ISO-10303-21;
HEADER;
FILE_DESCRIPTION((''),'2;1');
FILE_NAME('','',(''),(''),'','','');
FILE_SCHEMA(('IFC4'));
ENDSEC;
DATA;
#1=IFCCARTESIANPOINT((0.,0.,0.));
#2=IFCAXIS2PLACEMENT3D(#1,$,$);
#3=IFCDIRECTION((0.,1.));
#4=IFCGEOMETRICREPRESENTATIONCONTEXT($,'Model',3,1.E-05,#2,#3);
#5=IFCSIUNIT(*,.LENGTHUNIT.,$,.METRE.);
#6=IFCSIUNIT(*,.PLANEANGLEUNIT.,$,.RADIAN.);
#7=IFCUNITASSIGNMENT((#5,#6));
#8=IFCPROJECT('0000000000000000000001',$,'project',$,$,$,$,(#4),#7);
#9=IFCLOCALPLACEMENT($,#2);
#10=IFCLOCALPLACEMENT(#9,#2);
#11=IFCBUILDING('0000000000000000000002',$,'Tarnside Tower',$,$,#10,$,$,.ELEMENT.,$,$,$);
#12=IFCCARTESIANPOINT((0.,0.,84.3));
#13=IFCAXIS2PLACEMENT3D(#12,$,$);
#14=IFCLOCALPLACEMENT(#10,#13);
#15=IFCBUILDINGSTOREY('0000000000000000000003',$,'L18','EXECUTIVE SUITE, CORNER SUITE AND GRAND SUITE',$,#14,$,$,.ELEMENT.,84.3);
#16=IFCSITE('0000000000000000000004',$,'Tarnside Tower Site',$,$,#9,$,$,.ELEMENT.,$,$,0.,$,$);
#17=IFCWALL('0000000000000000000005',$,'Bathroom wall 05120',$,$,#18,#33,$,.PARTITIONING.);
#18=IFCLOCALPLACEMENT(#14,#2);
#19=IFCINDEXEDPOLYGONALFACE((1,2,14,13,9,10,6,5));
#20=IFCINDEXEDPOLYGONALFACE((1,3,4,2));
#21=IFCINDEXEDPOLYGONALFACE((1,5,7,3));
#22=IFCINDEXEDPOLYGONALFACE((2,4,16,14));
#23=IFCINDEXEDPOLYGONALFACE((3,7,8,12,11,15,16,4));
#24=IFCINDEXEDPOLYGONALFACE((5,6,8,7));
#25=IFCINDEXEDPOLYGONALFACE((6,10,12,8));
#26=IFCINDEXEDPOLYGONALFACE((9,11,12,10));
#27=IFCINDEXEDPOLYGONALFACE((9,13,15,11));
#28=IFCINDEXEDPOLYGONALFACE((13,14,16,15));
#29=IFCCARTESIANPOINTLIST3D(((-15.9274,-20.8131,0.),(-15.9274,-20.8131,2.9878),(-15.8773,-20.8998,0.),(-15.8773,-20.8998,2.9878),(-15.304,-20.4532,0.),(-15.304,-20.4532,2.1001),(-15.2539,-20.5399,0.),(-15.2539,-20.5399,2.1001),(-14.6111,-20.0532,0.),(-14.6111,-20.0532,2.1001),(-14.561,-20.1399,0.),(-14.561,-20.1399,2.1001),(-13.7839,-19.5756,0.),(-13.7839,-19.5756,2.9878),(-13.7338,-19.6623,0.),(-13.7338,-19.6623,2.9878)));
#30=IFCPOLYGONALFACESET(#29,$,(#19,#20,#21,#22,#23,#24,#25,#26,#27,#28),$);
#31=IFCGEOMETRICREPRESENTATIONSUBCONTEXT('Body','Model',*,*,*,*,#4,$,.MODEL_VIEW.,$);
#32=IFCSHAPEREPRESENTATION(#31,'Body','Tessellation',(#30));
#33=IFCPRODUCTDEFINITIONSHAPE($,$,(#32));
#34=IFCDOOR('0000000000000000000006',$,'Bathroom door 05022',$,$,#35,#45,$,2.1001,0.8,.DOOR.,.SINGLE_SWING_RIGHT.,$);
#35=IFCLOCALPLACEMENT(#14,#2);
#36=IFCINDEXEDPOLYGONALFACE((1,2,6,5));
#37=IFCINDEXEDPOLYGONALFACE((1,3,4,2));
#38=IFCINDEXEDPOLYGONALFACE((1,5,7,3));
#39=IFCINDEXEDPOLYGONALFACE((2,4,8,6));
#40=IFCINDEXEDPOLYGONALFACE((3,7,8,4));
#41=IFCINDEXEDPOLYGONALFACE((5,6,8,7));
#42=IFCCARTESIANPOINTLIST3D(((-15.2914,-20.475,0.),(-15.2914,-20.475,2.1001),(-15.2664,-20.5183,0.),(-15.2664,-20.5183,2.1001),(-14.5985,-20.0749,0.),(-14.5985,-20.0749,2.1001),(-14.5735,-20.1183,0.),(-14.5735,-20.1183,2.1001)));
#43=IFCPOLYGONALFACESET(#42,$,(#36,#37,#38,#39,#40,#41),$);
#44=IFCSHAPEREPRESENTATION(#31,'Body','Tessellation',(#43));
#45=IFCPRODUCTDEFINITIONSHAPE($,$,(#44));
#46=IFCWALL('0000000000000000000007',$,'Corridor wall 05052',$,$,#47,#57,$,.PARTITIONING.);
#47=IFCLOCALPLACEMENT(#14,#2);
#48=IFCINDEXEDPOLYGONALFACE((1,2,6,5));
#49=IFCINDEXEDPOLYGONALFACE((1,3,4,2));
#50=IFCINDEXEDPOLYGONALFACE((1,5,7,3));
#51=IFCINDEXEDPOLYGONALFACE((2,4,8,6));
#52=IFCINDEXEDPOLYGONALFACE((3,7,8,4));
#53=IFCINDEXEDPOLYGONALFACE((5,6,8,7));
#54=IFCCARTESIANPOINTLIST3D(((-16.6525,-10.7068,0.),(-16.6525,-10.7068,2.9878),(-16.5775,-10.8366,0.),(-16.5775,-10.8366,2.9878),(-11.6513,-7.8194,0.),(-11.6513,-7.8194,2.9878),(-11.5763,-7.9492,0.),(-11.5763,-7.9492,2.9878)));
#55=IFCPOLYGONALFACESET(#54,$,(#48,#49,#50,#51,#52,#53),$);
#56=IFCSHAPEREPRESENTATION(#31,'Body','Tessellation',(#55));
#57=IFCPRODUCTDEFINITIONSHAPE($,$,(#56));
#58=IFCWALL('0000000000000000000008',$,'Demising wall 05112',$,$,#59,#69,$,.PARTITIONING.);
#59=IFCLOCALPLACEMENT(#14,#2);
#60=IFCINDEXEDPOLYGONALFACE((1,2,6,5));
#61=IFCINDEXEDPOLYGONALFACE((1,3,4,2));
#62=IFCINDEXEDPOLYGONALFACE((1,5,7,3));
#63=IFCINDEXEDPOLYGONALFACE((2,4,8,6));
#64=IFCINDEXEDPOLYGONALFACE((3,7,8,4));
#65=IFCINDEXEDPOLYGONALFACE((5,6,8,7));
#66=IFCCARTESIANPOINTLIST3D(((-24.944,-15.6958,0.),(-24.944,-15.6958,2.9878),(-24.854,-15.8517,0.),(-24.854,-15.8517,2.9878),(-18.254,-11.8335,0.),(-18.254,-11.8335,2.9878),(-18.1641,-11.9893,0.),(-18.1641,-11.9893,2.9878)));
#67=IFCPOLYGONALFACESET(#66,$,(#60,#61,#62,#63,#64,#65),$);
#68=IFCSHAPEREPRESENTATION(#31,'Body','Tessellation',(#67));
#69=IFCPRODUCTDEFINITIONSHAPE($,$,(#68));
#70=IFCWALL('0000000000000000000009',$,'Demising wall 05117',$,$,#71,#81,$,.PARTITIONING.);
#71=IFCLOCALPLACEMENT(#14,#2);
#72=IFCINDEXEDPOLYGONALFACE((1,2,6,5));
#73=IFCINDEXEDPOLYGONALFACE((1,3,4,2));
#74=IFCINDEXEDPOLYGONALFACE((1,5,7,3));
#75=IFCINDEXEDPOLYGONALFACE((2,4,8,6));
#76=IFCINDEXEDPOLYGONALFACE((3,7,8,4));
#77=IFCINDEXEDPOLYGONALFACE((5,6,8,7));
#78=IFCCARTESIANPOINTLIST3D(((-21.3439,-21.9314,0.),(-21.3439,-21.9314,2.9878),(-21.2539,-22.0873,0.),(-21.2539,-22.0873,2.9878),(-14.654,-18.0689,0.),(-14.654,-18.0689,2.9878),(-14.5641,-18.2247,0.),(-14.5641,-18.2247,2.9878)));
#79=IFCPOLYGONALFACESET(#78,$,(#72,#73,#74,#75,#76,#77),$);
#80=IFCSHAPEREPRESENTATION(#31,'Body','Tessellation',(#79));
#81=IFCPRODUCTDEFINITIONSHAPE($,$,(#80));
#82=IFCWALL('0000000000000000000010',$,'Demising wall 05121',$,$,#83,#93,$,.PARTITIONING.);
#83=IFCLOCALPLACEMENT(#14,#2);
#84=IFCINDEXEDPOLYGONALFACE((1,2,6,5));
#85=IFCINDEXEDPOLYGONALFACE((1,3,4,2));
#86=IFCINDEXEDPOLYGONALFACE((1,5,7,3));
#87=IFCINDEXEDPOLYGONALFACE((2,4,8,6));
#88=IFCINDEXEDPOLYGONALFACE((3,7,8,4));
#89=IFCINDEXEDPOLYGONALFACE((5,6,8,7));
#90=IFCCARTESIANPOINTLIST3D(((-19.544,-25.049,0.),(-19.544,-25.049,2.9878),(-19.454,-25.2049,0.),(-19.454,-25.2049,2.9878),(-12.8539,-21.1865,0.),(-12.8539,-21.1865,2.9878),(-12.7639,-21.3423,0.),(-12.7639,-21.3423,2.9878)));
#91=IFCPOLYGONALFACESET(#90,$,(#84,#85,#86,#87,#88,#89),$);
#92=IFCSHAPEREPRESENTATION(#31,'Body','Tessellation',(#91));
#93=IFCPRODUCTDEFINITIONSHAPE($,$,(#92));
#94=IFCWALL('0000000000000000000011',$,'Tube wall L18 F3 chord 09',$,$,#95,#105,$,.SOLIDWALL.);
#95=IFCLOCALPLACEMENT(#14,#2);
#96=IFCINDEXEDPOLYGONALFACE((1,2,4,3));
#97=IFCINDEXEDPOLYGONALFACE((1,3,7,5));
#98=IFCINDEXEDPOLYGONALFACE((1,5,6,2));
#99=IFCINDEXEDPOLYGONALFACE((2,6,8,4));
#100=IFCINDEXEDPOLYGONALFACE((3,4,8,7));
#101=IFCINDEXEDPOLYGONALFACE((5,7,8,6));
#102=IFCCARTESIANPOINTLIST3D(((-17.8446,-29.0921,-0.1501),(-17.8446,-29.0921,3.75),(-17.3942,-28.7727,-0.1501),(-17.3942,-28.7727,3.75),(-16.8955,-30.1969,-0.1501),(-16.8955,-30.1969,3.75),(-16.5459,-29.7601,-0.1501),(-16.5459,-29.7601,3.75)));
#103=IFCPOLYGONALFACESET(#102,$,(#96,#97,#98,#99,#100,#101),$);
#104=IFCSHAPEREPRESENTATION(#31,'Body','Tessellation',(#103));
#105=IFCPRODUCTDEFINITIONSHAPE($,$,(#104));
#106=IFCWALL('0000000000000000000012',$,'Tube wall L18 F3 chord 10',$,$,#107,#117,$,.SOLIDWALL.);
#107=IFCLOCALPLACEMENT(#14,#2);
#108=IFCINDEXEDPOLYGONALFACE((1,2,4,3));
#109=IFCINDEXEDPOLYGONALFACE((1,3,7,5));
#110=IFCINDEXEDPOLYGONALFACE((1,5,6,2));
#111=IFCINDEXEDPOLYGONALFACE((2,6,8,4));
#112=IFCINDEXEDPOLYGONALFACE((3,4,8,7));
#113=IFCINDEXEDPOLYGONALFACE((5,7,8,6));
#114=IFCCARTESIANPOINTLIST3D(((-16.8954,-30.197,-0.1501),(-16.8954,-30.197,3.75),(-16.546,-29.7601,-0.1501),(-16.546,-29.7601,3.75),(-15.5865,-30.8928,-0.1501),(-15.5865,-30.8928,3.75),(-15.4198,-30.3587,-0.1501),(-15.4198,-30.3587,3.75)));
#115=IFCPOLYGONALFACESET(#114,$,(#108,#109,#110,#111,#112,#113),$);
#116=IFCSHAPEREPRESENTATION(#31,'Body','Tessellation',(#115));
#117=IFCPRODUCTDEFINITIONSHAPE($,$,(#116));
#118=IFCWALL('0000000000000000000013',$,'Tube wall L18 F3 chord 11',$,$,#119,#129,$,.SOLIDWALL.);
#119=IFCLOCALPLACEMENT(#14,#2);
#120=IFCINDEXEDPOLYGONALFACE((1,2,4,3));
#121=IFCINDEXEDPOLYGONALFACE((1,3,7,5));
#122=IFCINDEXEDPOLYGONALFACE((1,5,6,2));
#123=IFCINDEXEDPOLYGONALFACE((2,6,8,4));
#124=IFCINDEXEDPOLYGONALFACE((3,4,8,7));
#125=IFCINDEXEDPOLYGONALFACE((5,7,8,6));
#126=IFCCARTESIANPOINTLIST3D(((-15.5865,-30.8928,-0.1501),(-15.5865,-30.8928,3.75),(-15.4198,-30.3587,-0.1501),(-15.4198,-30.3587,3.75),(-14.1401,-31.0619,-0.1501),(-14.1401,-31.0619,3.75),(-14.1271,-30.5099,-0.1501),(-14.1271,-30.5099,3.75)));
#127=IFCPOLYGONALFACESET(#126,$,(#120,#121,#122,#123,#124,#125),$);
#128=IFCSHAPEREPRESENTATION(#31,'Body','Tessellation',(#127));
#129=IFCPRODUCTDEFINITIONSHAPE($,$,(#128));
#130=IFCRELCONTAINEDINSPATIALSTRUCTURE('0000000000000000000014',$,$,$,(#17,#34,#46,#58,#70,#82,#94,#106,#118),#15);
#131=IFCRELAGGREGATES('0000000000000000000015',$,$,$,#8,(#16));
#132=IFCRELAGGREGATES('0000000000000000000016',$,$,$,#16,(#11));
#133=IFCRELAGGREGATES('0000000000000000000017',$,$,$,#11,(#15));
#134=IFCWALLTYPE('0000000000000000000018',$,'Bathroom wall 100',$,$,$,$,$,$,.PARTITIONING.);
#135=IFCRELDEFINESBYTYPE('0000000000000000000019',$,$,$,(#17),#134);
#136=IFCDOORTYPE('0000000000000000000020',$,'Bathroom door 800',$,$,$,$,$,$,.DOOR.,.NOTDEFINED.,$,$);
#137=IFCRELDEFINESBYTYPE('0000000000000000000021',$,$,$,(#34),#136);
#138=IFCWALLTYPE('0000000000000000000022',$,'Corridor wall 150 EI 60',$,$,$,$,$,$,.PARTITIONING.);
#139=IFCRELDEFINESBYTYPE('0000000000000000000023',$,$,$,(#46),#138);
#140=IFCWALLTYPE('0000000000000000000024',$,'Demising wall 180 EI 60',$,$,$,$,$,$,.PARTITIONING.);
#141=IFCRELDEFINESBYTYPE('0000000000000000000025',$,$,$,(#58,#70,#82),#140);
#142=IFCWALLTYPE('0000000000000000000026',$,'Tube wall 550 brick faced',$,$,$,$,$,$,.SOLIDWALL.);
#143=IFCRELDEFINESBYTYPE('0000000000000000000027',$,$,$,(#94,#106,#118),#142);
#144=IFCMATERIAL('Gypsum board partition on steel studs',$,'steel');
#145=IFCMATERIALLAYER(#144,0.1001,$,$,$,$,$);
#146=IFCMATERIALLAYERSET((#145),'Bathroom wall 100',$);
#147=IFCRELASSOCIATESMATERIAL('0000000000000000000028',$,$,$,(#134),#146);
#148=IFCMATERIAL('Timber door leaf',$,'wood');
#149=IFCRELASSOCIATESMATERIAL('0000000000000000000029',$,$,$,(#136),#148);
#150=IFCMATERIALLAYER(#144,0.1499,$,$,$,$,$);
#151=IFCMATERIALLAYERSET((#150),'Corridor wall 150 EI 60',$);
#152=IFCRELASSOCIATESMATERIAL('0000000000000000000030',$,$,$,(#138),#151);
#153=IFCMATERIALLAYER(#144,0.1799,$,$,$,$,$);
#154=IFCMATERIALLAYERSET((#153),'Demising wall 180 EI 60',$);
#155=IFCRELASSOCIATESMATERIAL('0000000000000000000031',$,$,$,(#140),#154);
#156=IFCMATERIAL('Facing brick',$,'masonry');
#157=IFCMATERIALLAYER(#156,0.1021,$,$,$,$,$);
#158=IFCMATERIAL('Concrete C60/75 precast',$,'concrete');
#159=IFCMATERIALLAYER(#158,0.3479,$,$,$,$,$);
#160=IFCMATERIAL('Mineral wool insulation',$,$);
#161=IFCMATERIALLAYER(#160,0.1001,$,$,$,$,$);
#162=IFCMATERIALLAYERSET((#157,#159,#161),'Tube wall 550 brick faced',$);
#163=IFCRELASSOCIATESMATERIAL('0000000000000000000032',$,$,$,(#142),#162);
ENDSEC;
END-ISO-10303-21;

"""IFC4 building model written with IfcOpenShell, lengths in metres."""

from ifc_helpers import new_model, si_unit, direction, frame, frame_2d, origin, place, context, subcontext, project, spatial, polyline, rectangle, outline, extrude, material, layer, layer_set, type_object, element, fill, save


model = new_model("IFC4")

# Units and contexts
model_context = context("Model", 3, precision=1e-05, world=origin(), true_north=direction((0.0, 1.0)))
body_context = subcontext(model_context, "Body", "Model", "MODEL_VIEW")
ifc_project = project(units=[si_unit("LENGTHUNIT", "METRE"), si_unit("PLANEANGLEUNIT", "RADIAN")], contexts=[model_context])

# Site, building, storey
site_placement = place(None, origin())
site = spatial("IfcSite", under=ifc_project, at=site_placement, Name="Tarnside Tower Site", CompositionType="ELEMENT", RefElevation=0.0)
building_placement = place(site_placement, origin())
building = spatial("IfcBuilding", under=site, at=building_placement, Name="Tarnside Tower", CompositionType="ELEMENT")
storey_placement = place(building_placement, frame((0.0, 0.0, 84.3)))
storey = spatial("IfcBuildingStorey", under=building, at=storey_placement, Name="L18", Description="EXECUTIVE SUITE, CORNER SUITE AND GRAND SUITE", CompositionType="ELEMENT", Elevation=84.3)

# Shared definitions
ifc_material_1 = material(Name="Gypsum board partition on steel studs", Category="steel")
ifc_layer_1 = layer(ifc_material_1, 0.1001)
ifc_layer_set_1 = layer_set([ifc_layer_1], Name="Bathroom wall 100")
wall_type_1 = type_object("IfcWallType", Name="Bathroom wall 100", PredefinedType="PARTITIONING", material=ifc_layer_set_1)

# Wall, opening, door
ifc_material_2 = material(Name="Timber door leaf", Category="wood")
door_type = type_object("IfcDoorType", Name="Bathroom door 800", OperationType="NOTDEFINED", PredefinedType="DOOR", material=ifc_material_2)
wall_1_placement = place(storey_placement, frame((-15.9023, -20.8564, 0.0), z_axis=(0.0, 0.0, 1.0), x_axis=(0.866031, 0.49999, 0.0)))
wall_1 = element("IfcWall", 1, at=wall_1_placement, inside=storey, type_object=wall_type_1, Name="Bathroom wall 05120", PredefinedType="PARTITIONING", context=body_context, shape_type="SweptSolid", body=[
    extrude(rectangle(XDim=2.4751, YDim=0.1001, at=frame_2d((1.2375, 0.0))), origin(), (0.0, 0.0, 1.0), 2.9878),
])
opening_1_placement = place(wall_1_placement, frame((0.72, 0.0, 0.0)))
opening_1 = element("IfcOpeningElement", 2, at=opening_1_placement, cuts=wall_1, PredefinedType="OPENING", context=body_context, shape_type="SweptSolid", body=[
    extrude(rectangle(XDim=0.8, YDim=2.1001, at=frame_2d((0.3999, 1.05))), frame((0.0, 0.0601, 0.0), z_axis=(0.0, -1.0, 0.0), x_axis=(1.0, 0.0, 0.0)), (0.0, 0.0, 1.0), 0.1201),
])
door_1_placement = place(opening_1_placement, origin())
door_1 = element("IfcDoor", 3, at=door_1_placement, inside=storey, type_object=door_type, Name="Bathroom door 05022", OperationType="SINGLE_SWING_RIGHT", OverallHeight=2.1001, OverallWidth=0.8, PredefinedType="DOOR", context=body_context, shape_type="SweptSolid", body=[
    extrude(rectangle(XDim=0.8, YDim=2.1001, at=frame_2d((0.3999, 1.05))), frame((0.0, 0.0249, 0.0), z_axis=(0.0, -1.0, 0.0), x_axis=(1.0, 0.0, 0.0)), (0.0, 0.0, 1.0), 0.05),
])
fill(opening_1, door_1)

# Walls
ifc_layer_2 = layer(ifc_material_1, 0.1499)
ifc_layer_set_2 = layer_set([ifc_layer_2], Name="Corridor wall 150 EI 60")
wall_type_2 = type_object("IfcWallType", Name="Corridor wall 150 EI 60", PredefinedType="PARTITIONING", material=ifc_layer_set_2)
wall_2_placement = place(storey_placement, frame((-16.615, -10.7717, 0.0), z_axis=(0.0, 0.0, 1.0), x_axis=(0.866026, 0.499999, 0.0)))
element("IfcWall", 4, at=wall_2_placement, inside=storey, type_object=wall_type_2, Name="Corridor wall 05052", PredefinedType="PARTITIONING", context=body_context, shape_type="SweptSolid", body=[
    extrude(rectangle(XDim=5.7749, YDim=0.1499, at=frame_2d((2.8875, 0.0))), origin(), (0.0, 0.0, 1.0), 2.9878),
])
ifc_layer_3 = layer(ifc_material_1, 0.1799)
ifc_layer_set_3 = layer_set([ifc_layer_3], Name="Demising wall 180 EI 60")
wall_type_3 = type_object("IfcWallType", Name="Demising wall 180 EI 60", PredefinedType="PARTITIONING", material=ifc_layer_set_3)
for number, where, z_axis, x_axis, name in (
    (5, (-24.8989, -15.7737, 0.0), (0.0, 0.0, 1.0), (0.866033, 0.499987, 0.0), "Demising wall 05112"),
    (6, (-21.2988, -22.0093, 0.0), (0.0, 0.0, 1.0), (0.866019, 0.500011, 0.0), "Demising wall 05117"),
):
    element("IfcWall", number, at=place(storey_placement, frame(where, z_axis=z_axis, x_axis=x_axis)), inside=storey, type_object=wall_type_3, Name=name, PredefinedType="PARTITIONING", context=body_context, shape_type="SweptSolid", body=[
        extrude(rectangle(XDim=7.7249, YDim=0.1799, at=frame_2d((3.8623, 0.0))), origin(), (0.0, 0.0, 1.0), 2.9878),
    ])
wall_3_placement = place(storey_placement, frame((-19.499, -25.127, 0.0), z_axis=(0.0, 0.0, 1.0), x_axis=(0.866027, 0.499997, 0.0)))
element("IfcWall", 7, at=wall_3_placement, inside=storey, type_object=wall_type_3, Name="Demising wall 05121", PredefinedType="PARTITIONING", context=body_context, shape_type="SweptSolid", body=[
    extrude(rectangle(XDim=7.7251, YDim=0.1799, at=frame_2d((3.8625, 0.0))), origin(), (0.0, 0.0, 1.0), 2.9878),
])
ifc_material_3 = material(Name="Facing brick", Category="masonry")
ifc_layer_4 = layer(ifc_material_3, 0.1021)
ifc_material_4 = material(Name="Concrete C60/75 precast", Category="concrete")
ifc_layer_5 = layer(ifc_material_4, 0.3479)
ifc_material_5 = material(Name="Mineral wool insulation")
ifc_layer_6 = layer(ifc_material_5, 0.1001)
ifc_layer_set_4 = layer_set([ifc_layer_4, ifc_layer_5, ifc_layer_6], Name="Tube wall 550 brick faced")
wall_type_4 = type_object("IfcWallType", Name="Tube wall 550 brick faced", PredefinedType="SOLIDWALL", material=ifc_layer_set_4)
wall_4_placement = place(storey_placement, frame((-17.6194, -28.9324, -0.1501), z_axis=(0.0, 0.0, 1.0), x_axis=(0.651622, -0.758544, 0.0)))
element("IfcWall", 8, at=wall_4_placement, inside=storey, type_object=wall_type_4, Name="Tube wall L18 F3 chord 09", PredefinedType="SOLIDWALL", context=body_context, shape_type="SweptSolid", body=[
    extrude(outline(polyline([(-0.0256, -0.2749), (1.4309, -0.2749), (1.3274, 0.2749), (0.0256, 0.2749), (-0.0256, -0.2749)])), origin(), (0.0, 0.0, 1.0), 3.9001),
])
wall_5_placement = place(storey_placement, frame((-16.7207, -29.9785, -0.1501), z_axis=(0.0, 0.0, 1.0), x_axis=(0.882994, -0.469384, 0.0)))
element("IfcWall", 9, at=wall_5_placement, inside=storey, type_object=wall_type_4, Name="Tube wall L18 F3 chord 10", PredefinedType="SOLIDWALL", context=body_context, shape_type="SweptSolid", body=[
    extrude(outline(polyline([(-0.0518, -0.2749), (1.4307, -0.2749), (1.3271, 0.2749), (0.0518, 0.2749), (-0.0518, -0.2749)])), origin(), (0.0, 0.0, 1.0), 3.9001),
])
wall_6_placement = place(storey_placement, frame((-15.5032, -30.6257, -0.1501), z_axis=(0.0, 0.0, 1.0), x_axis=(0.993233, -0.116143, 0.0)))
element("IfcWall", 10, at=wall_6_placement, inside=storey, type_object=wall_type_4, Name="Tube wall L18 F3 chord 11", PredefinedType="SOLIDWALL", context=body_context, shape_type="SweptSolid", body=[
    extrude(outline(polyline([(-0.0518, -0.2749), (1.4045, -0.2749), (1.3533, 0.2749), (0.0518, 0.2749), (-0.0518, -0.2749)])), origin(), (0.0, 0.0, 1.0), 3.9001),
])

save(model, "model.ifc")
